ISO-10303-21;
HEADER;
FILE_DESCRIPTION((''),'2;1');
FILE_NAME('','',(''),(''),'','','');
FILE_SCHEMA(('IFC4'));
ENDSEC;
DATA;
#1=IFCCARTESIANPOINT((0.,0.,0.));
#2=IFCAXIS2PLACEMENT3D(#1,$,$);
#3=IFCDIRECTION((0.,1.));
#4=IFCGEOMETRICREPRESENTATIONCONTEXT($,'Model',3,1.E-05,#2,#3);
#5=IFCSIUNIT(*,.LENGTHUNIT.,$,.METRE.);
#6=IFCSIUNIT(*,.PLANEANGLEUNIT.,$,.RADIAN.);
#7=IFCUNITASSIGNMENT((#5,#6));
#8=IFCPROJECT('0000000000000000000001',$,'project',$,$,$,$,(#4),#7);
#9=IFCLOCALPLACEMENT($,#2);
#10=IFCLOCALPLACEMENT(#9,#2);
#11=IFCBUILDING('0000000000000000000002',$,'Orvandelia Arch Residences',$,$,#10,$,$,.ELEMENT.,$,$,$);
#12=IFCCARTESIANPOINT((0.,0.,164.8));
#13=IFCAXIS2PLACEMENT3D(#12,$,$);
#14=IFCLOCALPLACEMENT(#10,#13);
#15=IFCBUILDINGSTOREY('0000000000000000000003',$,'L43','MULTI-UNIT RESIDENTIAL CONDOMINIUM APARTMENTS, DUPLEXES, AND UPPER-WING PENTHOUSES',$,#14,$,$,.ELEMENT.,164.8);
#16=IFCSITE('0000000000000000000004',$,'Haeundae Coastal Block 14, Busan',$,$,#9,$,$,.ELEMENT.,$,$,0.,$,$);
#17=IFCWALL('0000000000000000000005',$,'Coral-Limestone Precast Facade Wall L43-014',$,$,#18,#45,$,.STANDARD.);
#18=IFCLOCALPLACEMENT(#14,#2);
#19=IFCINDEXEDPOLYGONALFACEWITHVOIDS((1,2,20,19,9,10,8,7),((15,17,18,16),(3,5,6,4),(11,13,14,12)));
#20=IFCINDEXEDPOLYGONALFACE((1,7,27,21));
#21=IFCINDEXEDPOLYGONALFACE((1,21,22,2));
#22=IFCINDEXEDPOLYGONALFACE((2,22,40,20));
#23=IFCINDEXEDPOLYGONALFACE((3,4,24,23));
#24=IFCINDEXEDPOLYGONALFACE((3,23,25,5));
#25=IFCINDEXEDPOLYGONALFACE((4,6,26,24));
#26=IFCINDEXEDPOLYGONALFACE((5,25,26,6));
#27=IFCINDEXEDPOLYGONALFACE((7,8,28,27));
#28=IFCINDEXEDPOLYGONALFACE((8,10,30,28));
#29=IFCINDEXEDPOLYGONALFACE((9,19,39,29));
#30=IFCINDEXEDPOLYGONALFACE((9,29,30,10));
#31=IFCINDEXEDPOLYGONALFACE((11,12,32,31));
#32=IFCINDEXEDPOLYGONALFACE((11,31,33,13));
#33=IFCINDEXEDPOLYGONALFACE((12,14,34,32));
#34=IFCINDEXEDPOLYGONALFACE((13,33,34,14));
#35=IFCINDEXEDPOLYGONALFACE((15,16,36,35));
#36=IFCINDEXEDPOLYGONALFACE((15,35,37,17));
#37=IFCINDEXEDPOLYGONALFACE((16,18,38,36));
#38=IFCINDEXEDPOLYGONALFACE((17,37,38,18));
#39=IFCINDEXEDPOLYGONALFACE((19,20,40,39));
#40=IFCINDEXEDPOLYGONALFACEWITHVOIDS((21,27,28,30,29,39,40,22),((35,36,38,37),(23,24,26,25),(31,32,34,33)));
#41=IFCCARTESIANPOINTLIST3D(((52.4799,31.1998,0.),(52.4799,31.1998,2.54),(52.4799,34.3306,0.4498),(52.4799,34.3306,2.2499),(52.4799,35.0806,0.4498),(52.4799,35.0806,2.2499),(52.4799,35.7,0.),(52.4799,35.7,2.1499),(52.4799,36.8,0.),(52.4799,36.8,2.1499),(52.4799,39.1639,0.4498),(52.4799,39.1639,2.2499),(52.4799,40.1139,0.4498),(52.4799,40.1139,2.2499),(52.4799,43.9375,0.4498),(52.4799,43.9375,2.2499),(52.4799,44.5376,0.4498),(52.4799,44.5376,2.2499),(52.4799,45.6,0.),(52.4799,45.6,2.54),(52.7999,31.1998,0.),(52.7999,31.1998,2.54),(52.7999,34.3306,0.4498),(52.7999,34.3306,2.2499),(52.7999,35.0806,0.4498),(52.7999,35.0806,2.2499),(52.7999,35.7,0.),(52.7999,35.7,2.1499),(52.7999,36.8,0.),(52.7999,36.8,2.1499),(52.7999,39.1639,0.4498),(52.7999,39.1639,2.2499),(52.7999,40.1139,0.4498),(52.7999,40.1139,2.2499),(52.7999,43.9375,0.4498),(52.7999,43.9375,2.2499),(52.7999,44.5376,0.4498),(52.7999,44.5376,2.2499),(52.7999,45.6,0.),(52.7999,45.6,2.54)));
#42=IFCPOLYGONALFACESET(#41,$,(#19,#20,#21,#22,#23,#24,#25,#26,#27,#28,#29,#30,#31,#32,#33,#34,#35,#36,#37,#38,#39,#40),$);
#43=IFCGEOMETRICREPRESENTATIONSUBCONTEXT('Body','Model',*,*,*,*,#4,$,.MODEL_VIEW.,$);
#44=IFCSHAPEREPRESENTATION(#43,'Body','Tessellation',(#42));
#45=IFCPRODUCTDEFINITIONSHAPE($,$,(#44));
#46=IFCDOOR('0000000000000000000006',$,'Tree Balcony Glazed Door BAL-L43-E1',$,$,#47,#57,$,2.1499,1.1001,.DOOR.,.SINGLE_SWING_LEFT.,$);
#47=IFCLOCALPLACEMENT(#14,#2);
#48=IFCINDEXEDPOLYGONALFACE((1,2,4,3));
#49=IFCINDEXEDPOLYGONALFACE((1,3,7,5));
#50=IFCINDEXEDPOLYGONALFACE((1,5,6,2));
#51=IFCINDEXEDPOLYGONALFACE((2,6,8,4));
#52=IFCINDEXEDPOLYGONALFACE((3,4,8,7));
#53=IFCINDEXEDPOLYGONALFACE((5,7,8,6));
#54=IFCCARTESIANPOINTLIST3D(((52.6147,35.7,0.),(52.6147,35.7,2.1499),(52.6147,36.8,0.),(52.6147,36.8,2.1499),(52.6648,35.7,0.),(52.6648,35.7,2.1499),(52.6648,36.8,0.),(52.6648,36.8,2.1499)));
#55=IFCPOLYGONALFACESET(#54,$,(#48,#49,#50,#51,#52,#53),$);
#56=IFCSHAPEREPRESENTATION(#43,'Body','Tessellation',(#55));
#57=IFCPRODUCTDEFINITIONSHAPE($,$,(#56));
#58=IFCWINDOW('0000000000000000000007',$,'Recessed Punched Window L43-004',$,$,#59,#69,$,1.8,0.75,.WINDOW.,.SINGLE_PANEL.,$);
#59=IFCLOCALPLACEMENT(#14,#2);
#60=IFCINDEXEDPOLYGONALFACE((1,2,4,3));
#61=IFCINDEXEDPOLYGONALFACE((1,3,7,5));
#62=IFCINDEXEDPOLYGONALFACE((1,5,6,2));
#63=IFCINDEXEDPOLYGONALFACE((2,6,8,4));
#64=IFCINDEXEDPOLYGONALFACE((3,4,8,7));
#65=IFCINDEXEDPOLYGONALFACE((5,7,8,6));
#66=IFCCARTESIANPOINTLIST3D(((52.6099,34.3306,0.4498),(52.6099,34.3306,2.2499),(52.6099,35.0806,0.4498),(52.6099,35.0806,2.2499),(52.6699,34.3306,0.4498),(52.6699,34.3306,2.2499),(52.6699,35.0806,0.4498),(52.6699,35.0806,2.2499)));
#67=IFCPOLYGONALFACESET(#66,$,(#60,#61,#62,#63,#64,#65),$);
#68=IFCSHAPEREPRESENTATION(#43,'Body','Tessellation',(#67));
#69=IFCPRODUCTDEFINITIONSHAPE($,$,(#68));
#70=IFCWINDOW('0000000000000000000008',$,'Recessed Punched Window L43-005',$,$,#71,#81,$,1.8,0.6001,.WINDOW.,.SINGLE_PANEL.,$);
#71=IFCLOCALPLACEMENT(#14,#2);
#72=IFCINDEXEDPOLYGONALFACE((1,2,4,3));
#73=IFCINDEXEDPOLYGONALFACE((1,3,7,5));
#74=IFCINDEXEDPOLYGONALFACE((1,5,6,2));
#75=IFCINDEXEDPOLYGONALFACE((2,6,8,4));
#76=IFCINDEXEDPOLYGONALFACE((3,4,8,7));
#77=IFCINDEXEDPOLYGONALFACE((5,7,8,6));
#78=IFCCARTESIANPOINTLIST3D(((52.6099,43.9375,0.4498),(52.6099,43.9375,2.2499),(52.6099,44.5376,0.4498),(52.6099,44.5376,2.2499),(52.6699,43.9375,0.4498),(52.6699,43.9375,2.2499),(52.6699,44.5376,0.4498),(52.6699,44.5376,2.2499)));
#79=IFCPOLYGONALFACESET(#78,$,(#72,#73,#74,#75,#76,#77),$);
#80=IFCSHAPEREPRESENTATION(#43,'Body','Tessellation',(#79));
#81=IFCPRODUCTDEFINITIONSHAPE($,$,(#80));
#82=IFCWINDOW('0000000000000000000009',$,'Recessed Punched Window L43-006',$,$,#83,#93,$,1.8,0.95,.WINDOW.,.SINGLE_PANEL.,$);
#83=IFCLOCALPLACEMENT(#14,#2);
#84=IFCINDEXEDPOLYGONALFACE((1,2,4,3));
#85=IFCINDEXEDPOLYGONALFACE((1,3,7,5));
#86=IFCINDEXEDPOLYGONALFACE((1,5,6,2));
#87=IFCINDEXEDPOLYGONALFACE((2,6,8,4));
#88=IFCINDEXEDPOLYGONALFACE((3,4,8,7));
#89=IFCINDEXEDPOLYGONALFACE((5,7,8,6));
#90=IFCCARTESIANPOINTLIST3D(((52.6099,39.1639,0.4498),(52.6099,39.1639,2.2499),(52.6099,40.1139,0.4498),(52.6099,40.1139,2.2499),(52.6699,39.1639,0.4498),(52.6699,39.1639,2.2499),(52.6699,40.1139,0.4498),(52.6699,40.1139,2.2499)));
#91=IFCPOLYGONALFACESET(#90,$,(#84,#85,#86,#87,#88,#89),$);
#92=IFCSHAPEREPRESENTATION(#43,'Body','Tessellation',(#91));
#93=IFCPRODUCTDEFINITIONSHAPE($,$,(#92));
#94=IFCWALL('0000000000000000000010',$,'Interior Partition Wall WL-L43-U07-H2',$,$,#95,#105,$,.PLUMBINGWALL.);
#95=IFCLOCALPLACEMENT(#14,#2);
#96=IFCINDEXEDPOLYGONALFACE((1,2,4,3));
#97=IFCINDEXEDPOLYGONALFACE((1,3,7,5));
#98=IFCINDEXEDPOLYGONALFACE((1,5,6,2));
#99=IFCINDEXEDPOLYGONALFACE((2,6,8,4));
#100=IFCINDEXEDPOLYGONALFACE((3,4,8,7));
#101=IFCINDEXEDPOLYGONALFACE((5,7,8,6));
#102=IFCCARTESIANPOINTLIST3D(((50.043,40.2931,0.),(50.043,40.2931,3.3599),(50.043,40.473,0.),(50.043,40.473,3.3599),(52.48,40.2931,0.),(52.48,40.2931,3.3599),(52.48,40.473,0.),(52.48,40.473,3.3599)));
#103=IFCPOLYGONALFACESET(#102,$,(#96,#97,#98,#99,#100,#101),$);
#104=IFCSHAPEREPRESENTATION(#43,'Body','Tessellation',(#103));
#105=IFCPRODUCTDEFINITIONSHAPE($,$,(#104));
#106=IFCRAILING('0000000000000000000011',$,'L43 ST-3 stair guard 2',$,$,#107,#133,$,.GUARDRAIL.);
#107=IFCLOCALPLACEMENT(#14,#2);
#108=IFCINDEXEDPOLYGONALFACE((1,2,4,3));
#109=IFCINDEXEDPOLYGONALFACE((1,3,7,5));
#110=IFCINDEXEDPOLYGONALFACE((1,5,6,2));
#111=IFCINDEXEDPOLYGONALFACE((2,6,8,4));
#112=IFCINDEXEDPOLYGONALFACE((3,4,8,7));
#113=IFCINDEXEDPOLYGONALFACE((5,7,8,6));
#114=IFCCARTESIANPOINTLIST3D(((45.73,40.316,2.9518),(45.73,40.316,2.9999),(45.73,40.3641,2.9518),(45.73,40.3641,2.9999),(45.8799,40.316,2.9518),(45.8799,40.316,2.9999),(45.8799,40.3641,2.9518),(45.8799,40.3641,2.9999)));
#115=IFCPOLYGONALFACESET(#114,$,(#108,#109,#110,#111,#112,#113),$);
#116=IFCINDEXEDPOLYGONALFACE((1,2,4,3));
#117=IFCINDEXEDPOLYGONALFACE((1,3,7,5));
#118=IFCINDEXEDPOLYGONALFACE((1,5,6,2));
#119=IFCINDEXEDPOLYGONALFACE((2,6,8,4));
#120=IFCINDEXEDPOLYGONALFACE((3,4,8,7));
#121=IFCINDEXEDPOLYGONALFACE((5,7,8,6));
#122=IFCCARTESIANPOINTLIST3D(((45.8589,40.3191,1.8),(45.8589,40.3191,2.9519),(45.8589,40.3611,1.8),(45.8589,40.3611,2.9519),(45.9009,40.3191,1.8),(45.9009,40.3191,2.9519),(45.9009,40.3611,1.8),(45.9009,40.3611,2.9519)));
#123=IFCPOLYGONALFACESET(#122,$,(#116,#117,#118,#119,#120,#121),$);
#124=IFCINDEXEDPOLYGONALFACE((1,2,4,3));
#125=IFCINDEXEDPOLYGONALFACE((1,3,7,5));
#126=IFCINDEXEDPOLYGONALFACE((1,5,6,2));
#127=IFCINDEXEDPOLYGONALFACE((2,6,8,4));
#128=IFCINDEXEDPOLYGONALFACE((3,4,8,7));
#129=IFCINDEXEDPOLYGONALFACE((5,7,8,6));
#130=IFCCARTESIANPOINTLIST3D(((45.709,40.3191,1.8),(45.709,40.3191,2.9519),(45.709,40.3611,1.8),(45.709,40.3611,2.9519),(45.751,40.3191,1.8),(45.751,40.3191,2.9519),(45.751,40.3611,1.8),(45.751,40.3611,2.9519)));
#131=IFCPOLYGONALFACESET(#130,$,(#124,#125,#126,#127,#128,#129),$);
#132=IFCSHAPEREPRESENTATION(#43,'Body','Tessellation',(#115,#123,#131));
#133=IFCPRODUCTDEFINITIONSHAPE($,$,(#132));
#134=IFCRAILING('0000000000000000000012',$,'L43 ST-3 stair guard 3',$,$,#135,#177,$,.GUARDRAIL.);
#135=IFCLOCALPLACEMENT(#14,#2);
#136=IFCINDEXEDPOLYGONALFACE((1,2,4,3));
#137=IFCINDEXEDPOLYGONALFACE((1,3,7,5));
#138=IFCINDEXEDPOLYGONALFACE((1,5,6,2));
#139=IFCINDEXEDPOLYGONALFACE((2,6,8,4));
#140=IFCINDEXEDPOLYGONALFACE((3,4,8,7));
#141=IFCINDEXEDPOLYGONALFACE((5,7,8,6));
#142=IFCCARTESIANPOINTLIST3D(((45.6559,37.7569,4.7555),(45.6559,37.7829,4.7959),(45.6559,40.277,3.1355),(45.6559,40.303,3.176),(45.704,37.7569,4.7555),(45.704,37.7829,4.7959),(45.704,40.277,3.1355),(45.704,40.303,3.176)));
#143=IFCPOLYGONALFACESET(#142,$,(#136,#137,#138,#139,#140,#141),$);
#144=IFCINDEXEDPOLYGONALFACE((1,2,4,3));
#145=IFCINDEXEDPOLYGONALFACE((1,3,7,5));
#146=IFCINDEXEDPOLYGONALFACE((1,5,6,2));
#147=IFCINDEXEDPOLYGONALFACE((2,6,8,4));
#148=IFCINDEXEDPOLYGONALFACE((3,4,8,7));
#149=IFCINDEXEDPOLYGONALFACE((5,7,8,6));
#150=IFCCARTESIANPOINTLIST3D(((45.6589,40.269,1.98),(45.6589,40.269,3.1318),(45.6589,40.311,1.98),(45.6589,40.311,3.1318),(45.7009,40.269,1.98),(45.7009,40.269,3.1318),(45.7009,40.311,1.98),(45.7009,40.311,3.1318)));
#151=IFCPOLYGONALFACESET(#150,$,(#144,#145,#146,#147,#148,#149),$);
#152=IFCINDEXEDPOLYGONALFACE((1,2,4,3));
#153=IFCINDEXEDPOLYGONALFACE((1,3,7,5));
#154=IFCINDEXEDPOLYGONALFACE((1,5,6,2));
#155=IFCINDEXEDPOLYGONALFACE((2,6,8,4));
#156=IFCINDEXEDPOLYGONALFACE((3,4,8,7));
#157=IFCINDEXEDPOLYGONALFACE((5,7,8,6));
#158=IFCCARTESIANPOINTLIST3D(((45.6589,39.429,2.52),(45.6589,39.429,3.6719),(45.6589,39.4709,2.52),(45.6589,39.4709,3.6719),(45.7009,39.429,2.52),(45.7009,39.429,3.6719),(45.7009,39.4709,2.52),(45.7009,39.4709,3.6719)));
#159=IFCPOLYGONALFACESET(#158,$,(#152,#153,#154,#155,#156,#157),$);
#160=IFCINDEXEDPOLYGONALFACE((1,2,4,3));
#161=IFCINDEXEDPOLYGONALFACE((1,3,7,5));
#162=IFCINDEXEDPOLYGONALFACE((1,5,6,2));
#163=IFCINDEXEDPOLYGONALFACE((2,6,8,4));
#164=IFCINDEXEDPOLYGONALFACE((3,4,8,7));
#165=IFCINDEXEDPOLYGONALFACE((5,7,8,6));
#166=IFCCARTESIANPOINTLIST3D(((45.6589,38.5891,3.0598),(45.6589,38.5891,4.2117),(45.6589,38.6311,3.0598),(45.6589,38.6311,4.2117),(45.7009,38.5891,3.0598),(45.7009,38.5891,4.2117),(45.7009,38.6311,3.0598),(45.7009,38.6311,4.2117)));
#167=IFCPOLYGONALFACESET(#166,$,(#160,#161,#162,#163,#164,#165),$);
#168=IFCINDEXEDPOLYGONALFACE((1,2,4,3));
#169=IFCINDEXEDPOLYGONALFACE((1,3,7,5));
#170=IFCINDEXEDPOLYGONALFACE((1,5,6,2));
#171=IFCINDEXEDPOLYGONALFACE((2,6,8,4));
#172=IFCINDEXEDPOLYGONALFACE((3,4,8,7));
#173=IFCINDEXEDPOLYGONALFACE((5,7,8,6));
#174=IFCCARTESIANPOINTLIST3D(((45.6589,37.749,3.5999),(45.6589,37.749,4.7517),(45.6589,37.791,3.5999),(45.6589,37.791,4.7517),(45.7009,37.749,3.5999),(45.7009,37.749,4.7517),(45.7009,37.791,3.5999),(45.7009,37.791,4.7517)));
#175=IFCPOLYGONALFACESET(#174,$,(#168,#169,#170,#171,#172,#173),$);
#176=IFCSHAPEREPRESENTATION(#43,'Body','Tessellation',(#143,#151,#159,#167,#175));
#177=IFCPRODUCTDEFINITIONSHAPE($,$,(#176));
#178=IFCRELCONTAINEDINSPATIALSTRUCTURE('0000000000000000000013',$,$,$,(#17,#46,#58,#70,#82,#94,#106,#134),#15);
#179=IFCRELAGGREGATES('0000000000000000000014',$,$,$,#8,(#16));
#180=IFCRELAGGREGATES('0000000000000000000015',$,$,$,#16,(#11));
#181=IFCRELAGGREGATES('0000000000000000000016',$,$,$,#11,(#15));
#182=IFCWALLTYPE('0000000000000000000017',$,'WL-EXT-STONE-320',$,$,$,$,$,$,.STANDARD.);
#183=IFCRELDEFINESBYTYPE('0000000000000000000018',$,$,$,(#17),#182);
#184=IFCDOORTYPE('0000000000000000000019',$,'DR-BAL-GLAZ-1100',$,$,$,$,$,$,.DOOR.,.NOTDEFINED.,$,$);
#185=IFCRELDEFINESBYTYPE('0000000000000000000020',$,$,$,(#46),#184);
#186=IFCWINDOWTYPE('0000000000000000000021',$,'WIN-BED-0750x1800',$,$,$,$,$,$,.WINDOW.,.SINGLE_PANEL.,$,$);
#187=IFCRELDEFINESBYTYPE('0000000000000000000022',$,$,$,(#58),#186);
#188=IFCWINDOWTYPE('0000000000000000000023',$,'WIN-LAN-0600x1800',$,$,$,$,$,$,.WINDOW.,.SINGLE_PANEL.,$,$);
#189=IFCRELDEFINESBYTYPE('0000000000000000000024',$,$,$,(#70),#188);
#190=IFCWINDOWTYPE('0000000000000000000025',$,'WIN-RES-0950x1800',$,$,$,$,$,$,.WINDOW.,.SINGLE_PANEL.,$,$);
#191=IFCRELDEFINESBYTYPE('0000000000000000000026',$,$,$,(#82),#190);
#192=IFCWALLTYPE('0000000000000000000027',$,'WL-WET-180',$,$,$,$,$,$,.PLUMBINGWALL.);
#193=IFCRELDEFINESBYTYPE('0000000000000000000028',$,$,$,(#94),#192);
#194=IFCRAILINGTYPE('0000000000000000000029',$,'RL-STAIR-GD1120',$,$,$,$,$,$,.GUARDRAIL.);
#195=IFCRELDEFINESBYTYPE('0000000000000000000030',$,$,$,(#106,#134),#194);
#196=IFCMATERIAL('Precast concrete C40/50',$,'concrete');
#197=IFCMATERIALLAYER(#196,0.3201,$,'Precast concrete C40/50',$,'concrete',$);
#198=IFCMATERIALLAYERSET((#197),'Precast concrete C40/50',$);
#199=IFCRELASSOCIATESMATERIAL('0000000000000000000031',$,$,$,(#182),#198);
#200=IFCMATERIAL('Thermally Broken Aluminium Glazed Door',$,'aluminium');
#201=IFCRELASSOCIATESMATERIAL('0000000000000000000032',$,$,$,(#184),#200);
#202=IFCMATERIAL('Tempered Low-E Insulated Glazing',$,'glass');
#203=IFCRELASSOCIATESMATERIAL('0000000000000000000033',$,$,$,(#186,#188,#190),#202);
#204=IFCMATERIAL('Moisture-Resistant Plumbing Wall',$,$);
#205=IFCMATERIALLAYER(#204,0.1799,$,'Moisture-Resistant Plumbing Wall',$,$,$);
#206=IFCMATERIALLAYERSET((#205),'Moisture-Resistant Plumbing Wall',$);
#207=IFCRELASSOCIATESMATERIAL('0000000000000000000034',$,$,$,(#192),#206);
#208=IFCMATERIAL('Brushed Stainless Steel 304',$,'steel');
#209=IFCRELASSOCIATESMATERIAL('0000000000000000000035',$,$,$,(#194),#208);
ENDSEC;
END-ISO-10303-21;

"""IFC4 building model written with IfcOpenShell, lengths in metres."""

from ifc_helpers import new_model, si_unit, direction, frame, frame_2d, origin, origin_2d, place, context, subcontext, project, spatial, rectangle, extrude, material, layer, layer_set, type_object, element, fill, save


model = new_model("IFC4")

# Units and contexts
model_context = context("Model", 3, precision=1e-05, world=origin(), true_north=direction((0.0, 1.0)))
body_context = subcontext(model_context, "Body", "Model", "MODEL_VIEW")
ifc_project = project(units=[si_unit("LENGTHUNIT", "METRE"), si_unit("PLANEANGLEUNIT", "RADIAN")], contexts=[model_context])

# Site, building, storey
site_placement = place(None, origin())
site = spatial("IfcSite", under=ifc_project, at=site_placement, Name="Haeundae Coastal Block 14, Busan", CompositionType="ELEMENT", RefElevation=0.0)
building_placement = place(site_placement, origin())
building = spatial("IfcBuilding", under=site, at=building_placement, Name="Orvandelia Arch Residences", CompositionType="ELEMENT")
storey_placement = place(building_placement, frame((0.0, 0.0, 164.8)))
storey = spatial("IfcBuildingStorey", under=building, at=storey_placement, Name="L43", Description="MULTI-UNIT RESIDENTIAL CONDOMINIUM APARTMENTS, DUPLEXES, AND UPPER-WING PENTHOUSES", CompositionType="ELEMENT", Elevation=164.8)

# Shared definitions
ifc_material_1 = material(Name="Precast concrete C40/50", Category="concrete")
ifc_layer_1 = layer(ifc_material_1, 0.3201, Name="Precast concrete C40/50", Category="concrete")
ifc_layer_set_1 = layer_set([ifc_layer_1], Name="Precast concrete C40/50")
wall_type_1 = type_object("IfcWallType", Name="WL-EXT-STONE-320", PredefinedType="STANDARD", material=ifc_layer_set_1)

# Wall, openings, door, windows
wall_1_placement = place(storey_placement, frame((52.6399, 45.6001, 0.0), z_axis=(0.0, 0.0, 1.0), x_axis=(0.0, -1.0, 0.0)))
wall_1 = element("IfcWall", 1, at=wall_1_placement, inside=storey, type_object=wall_type_1, Name="Coral-Limestone Precast Facade Wall L43-014", PredefinedType="STANDARD", context=body_context, shape_type="SweptSolid", body=[
    extrude(rectangle(XDim=14.4001, YDim=0.3201, at=frame_2d((7.2002, 0.0))), origin(), (0.0, 0.0, 1.0), 2.54),
])
opening_1_placement = place(wall_1_placement, frame((8.8, 0.0, 0.0)))
opening_1 = element("IfcOpeningElement", 2, at=opening_1_placement, cuts=wall_1, PredefinedType="OPENING", context=body_context, shape_type="SweptSolid", body=[
    extrude(rectangle(XDim=1.1001, YDim=2.1499, at=frame_2d((0.55, 1.075))), frame((0.0, 0.1699, 0.0), z_axis=(0.0, -1.0, 0.0), x_axis=(1.0, 0.0, 0.0)), (0.0, 0.0, 1.0), 0.3401),
])
opening_2_placement = place(wall_1_placement, frame((10.5195, 0.0, 0.45)))
opening_2 = element("IfcOpeningElement", 3, at=opening_2_placement, cuts=wall_1, PredefinedType="OPENING", context=body_context, shape_type="SweptSolid", body=[
    extrude(rectangle(XDim=0.75, YDim=1.8, at=frame_2d((0.375, 0.8999))), frame((0.0, 0.1699, 0.0), z_axis=(0.0, -1.0, 0.0), x_axis=(1.0, 0.0, 0.0)), (0.0, 0.0, 1.0), 0.3401),
])
opening_3_placement = place(wall_1_placement, frame((1.0625, 0.0, 0.45)))
opening_3 = element("IfcOpeningElement", 4, at=opening_3_placement, cuts=wall_1, PredefinedType="OPENING", context=body_context, shape_type="SweptSolid", body=[
    extrude(rectangle(XDim=0.6001, YDim=1.8, at=frame_2d((0.3, 0.8999))), frame((0.0, 0.1699, 0.0), z_axis=(0.0, -1.0, 0.0), x_axis=(1.0, 0.0, 0.0)), (0.0, 0.0, 1.0), 0.3401),
])
opening_4_placement = place(wall_1_placement, frame((5.4861, 0.0, 0.45)))
opening_4 = element("IfcOpeningElement", 5, at=opening_4_placement, cuts=wall_1, PredefinedType="OPENING", context=body_context, shape_type="SweptSolid", body=[
    extrude(rectangle(XDim=0.95, YDim=1.8, at=frame_2d((0.4751, 0.8999))), frame((0.0, 0.1699, 0.0), z_axis=(0.0, -1.0, 0.0), x_axis=(1.0, 0.0, 0.0)), (0.0, 0.0, 1.0), 0.3401),
])
ifc_material_2 = material(Name="Thermally Broken Aluminium Glazed Door", Category="aluminium")
door_type_1 = type_object("IfcDoorType", Name="DR-BAL-GLAZ-1100", OperationType="NOTDEFINED", PredefinedType="DOOR", material=ifc_material_2)
door_1_placement = place(opening_1_placement, origin())
door_1 = element("IfcDoor", 6, at=door_1_placement, inside=storey, type_object=door_type_1, Name="Tree Balcony Glazed Door BAL-L43-E1", OperationType="SINGLE_SWING_LEFT", OverallHeight=2.1499, OverallWidth=1.1001, PredefinedType="DOOR", context=body_context, shape_type="SweptSolid", body=[
    extrude(rectangle(XDim=1.1001, YDim=2.1499, at=frame_2d((0.55, 1.075))), frame((0.0, 0.0249, 0.0), z_axis=(0.0, -1.0, 0.0), x_axis=(1.0, 0.0, 0.0)), (0.0, 0.0, 1.0), 0.05),
])
fill(opening_1, door_1)
ifc_material_3 = material(Name="Tempered Low-E Insulated Glazing", Category="glass")
window_type_1 = type_object("IfcWindowType", Name="WIN-BED-0750x1800", PartitioningType="SINGLE_PANEL", PredefinedType="WINDOW", material=ifc_material_3)
window_1_placement = place(opening_2_placement, origin())
window_1 = element("IfcWindow", 7, at=window_1_placement, inside=storey, type_object=window_type_1, Name="Recessed Punched Window L43-004", OverallHeight=1.8, OverallWidth=0.75, PartitioningType="SINGLE_PANEL", PredefinedType="WINDOW", context=body_context, shape_type="SweptSolid", body=[
    extrude(rectangle(XDim=0.75, YDim=1.8, at=frame_2d((0.375, 0.8999))), frame((0.0, 0.03, 0.0), z_axis=(0.0, -1.0, 0.0), x_axis=(1.0, 0.0, 0.0)), (0.0, 0.0, 1.0), 0.0601),
])
fill(opening_2, window_1)
window_type_2 = type_object("IfcWindowType", Name="WIN-LAN-0600x1800", PartitioningType="SINGLE_PANEL", PredefinedType="WINDOW", material=ifc_material_3)
window_2_placement = place(opening_3_placement, origin())
window_2 = element("IfcWindow", 8, at=window_2_placement, inside=storey, type_object=window_type_2, Name="Recessed Punched Window L43-005", OverallHeight=1.8, OverallWidth=0.6001, PartitioningType="SINGLE_PANEL", PredefinedType="WINDOW", context=body_context, shape_type="SweptSolid", body=[
    extrude(rectangle(XDim=0.6001, YDim=1.8, at=frame_2d((0.3, 0.8999))), frame((0.0, 0.03, 0.0), z_axis=(0.0, -1.0, 0.0), x_axis=(1.0, 0.0, 0.0)), (0.0, 0.0, 1.0), 0.0601),
])
fill(opening_3, window_2)
window_type_3 = type_object("IfcWindowType", Name="WIN-RES-0950x1800", PartitioningType="SINGLE_PANEL", PredefinedType="WINDOW", material=ifc_material_3)
window_3_placement = place(opening_4_placement, origin())
window_3 = element("IfcWindow", 9, at=window_3_placement, inside=storey, type_object=window_type_3, Name="Recessed Punched Window L43-006", OverallHeight=1.8, OverallWidth=0.95, PartitioningType="SINGLE_PANEL", PredefinedType="WINDOW", context=body_context, shape_type="SweptSolid", body=[
    extrude(rectangle(XDim=0.95, YDim=1.8, at=frame_2d((0.4751, 0.8999))), frame((0.0, 0.03, 0.0), z_axis=(0.0, -1.0, 0.0), x_axis=(1.0, 0.0, 0.0)), (0.0, 0.0, 1.0), 0.0601),
])
fill(opening_4, window_3)

# Wall
ifc_material_4 = material(Name="Moisture-Resistant Plumbing Wall")
ifc_layer_2 = layer(ifc_material_4, 0.1799, Name="Moisture-Resistant Plumbing Wall")
ifc_layer_set_2 = layer_set([ifc_layer_2], Name="Moisture-Resistant Plumbing Wall")
wall_type_2 = type_object("IfcWallType", Name="WL-WET-180", PredefinedType="PLUMBINGWALL", material=ifc_layer_set_2)
wall_2_placement = place(storey_placement, frame((50.043, 40.3831, 0.0), z_axis=(0.0, 0.0, 1.0), x_axis=(1.0, 0.0, 0.0)))
element("IfcWall", 10, at=wall_2_placement, inside=storey, type_object=wall_type_2, Name="Interior Partition Wall WL-L43-U07-H2", PredefinedType="PLUMBINGWALL", context=body_context, shape_type="SweptSolid", body=[
    extrude(rectangle(XDim=2.437, YDim=0.1799, at=frame_2d((1.2185, 0.0))), origin(), (0.0, 0.0, 1.0), 3.3599),
])

# Railings
ifc_material_5 = material(Name="Brushed Stainless Steel 304", Category="steel")
railing_type = type_object("IfcRailingType", Name="RL-STAIR-GD1120", PredefinedType="GUARDRAIL", material=ifc_material_5)
railing_1_placement = place(storey_placement, frame((45.8799, 40.3401, 1.8)))
element("IfcRailing", 11, at=railing_1_placement, inside=storey, type_object=railing_type, Name="L43 ST-3 stair guard 2", PredefinedType="GUARDRAIL", context=body_context, shape_type="SweptSolid", body=[
    extrude(rectangle(XDim=0.0481, YDim=0.0481, at=origin_2d()), frame((0.0, 0.0, 1.1758), z_axis=(-1.0, 0.0, 0.0), x_axis=(0.0, -1.0, 0.0)), (0.0, 0.0, 1.0), 0.1499),
    extrude(rectangle(XDim=0.042, YDim=0.042, at=origin_2d()), origin(), (0.0, 0.0, 1.0), 1.1519),
    extrude(rectangle(XDim=0.042, YDim=0.042, at=origin_2d()), frame((-0.1499, 0.0, 0.0)), (0.0, 0.0, 1.0), 1.1519),
])
railing_2_placement = place(storey_placement, frame((45.6799, 40.29, 1.98)))
element("IfcRailing", 12, at=railing_2_placement, inside=storey, type_object=railing_type, Name="L43 ST-3 stair guard 3", PredefinedType="GUARDRAIL", context=body_context, shape_type="SweptSolid", body=[
    extrude(rectangle(XDim=0.0481, YDim=0.0481, at=origin_2d()), frame((0.0, 0.0, 1.1758), z_axis=(0.0, -0.8412, 0.540725), x_axis=(1.0, 0.0, 0.0)), (0.0, 0.0, 1.0), 2.9958),
    extrude(rectangle(XDim=0.042, YDim=0.042, at=origin_2d()), origin(), (0.0, 0.0, 1.0), 1.1519),
    extrude(rectangle(XDim=0.042, YDim=0.042, at=origin_2d()), frame((0.0, -0.8401, 0.54)), (0.0, 0.0, 1.0), 1.1519),
    extrude(rectangle(XDim=0.042, YDim=0.042, at=origin_2d()), frame((0.0, -1.6799, 1.0798)), (0.0, 0.0, 1.0), 1.1519),
    extrude(rectangle(XDim=0.042, YDim=0.042, at=origin_2d()), frame((0.0, -2.52, 1.6199)), (0.0, 0.0, 1.0), 1.1519),
])

save(model, "model.ifc")
